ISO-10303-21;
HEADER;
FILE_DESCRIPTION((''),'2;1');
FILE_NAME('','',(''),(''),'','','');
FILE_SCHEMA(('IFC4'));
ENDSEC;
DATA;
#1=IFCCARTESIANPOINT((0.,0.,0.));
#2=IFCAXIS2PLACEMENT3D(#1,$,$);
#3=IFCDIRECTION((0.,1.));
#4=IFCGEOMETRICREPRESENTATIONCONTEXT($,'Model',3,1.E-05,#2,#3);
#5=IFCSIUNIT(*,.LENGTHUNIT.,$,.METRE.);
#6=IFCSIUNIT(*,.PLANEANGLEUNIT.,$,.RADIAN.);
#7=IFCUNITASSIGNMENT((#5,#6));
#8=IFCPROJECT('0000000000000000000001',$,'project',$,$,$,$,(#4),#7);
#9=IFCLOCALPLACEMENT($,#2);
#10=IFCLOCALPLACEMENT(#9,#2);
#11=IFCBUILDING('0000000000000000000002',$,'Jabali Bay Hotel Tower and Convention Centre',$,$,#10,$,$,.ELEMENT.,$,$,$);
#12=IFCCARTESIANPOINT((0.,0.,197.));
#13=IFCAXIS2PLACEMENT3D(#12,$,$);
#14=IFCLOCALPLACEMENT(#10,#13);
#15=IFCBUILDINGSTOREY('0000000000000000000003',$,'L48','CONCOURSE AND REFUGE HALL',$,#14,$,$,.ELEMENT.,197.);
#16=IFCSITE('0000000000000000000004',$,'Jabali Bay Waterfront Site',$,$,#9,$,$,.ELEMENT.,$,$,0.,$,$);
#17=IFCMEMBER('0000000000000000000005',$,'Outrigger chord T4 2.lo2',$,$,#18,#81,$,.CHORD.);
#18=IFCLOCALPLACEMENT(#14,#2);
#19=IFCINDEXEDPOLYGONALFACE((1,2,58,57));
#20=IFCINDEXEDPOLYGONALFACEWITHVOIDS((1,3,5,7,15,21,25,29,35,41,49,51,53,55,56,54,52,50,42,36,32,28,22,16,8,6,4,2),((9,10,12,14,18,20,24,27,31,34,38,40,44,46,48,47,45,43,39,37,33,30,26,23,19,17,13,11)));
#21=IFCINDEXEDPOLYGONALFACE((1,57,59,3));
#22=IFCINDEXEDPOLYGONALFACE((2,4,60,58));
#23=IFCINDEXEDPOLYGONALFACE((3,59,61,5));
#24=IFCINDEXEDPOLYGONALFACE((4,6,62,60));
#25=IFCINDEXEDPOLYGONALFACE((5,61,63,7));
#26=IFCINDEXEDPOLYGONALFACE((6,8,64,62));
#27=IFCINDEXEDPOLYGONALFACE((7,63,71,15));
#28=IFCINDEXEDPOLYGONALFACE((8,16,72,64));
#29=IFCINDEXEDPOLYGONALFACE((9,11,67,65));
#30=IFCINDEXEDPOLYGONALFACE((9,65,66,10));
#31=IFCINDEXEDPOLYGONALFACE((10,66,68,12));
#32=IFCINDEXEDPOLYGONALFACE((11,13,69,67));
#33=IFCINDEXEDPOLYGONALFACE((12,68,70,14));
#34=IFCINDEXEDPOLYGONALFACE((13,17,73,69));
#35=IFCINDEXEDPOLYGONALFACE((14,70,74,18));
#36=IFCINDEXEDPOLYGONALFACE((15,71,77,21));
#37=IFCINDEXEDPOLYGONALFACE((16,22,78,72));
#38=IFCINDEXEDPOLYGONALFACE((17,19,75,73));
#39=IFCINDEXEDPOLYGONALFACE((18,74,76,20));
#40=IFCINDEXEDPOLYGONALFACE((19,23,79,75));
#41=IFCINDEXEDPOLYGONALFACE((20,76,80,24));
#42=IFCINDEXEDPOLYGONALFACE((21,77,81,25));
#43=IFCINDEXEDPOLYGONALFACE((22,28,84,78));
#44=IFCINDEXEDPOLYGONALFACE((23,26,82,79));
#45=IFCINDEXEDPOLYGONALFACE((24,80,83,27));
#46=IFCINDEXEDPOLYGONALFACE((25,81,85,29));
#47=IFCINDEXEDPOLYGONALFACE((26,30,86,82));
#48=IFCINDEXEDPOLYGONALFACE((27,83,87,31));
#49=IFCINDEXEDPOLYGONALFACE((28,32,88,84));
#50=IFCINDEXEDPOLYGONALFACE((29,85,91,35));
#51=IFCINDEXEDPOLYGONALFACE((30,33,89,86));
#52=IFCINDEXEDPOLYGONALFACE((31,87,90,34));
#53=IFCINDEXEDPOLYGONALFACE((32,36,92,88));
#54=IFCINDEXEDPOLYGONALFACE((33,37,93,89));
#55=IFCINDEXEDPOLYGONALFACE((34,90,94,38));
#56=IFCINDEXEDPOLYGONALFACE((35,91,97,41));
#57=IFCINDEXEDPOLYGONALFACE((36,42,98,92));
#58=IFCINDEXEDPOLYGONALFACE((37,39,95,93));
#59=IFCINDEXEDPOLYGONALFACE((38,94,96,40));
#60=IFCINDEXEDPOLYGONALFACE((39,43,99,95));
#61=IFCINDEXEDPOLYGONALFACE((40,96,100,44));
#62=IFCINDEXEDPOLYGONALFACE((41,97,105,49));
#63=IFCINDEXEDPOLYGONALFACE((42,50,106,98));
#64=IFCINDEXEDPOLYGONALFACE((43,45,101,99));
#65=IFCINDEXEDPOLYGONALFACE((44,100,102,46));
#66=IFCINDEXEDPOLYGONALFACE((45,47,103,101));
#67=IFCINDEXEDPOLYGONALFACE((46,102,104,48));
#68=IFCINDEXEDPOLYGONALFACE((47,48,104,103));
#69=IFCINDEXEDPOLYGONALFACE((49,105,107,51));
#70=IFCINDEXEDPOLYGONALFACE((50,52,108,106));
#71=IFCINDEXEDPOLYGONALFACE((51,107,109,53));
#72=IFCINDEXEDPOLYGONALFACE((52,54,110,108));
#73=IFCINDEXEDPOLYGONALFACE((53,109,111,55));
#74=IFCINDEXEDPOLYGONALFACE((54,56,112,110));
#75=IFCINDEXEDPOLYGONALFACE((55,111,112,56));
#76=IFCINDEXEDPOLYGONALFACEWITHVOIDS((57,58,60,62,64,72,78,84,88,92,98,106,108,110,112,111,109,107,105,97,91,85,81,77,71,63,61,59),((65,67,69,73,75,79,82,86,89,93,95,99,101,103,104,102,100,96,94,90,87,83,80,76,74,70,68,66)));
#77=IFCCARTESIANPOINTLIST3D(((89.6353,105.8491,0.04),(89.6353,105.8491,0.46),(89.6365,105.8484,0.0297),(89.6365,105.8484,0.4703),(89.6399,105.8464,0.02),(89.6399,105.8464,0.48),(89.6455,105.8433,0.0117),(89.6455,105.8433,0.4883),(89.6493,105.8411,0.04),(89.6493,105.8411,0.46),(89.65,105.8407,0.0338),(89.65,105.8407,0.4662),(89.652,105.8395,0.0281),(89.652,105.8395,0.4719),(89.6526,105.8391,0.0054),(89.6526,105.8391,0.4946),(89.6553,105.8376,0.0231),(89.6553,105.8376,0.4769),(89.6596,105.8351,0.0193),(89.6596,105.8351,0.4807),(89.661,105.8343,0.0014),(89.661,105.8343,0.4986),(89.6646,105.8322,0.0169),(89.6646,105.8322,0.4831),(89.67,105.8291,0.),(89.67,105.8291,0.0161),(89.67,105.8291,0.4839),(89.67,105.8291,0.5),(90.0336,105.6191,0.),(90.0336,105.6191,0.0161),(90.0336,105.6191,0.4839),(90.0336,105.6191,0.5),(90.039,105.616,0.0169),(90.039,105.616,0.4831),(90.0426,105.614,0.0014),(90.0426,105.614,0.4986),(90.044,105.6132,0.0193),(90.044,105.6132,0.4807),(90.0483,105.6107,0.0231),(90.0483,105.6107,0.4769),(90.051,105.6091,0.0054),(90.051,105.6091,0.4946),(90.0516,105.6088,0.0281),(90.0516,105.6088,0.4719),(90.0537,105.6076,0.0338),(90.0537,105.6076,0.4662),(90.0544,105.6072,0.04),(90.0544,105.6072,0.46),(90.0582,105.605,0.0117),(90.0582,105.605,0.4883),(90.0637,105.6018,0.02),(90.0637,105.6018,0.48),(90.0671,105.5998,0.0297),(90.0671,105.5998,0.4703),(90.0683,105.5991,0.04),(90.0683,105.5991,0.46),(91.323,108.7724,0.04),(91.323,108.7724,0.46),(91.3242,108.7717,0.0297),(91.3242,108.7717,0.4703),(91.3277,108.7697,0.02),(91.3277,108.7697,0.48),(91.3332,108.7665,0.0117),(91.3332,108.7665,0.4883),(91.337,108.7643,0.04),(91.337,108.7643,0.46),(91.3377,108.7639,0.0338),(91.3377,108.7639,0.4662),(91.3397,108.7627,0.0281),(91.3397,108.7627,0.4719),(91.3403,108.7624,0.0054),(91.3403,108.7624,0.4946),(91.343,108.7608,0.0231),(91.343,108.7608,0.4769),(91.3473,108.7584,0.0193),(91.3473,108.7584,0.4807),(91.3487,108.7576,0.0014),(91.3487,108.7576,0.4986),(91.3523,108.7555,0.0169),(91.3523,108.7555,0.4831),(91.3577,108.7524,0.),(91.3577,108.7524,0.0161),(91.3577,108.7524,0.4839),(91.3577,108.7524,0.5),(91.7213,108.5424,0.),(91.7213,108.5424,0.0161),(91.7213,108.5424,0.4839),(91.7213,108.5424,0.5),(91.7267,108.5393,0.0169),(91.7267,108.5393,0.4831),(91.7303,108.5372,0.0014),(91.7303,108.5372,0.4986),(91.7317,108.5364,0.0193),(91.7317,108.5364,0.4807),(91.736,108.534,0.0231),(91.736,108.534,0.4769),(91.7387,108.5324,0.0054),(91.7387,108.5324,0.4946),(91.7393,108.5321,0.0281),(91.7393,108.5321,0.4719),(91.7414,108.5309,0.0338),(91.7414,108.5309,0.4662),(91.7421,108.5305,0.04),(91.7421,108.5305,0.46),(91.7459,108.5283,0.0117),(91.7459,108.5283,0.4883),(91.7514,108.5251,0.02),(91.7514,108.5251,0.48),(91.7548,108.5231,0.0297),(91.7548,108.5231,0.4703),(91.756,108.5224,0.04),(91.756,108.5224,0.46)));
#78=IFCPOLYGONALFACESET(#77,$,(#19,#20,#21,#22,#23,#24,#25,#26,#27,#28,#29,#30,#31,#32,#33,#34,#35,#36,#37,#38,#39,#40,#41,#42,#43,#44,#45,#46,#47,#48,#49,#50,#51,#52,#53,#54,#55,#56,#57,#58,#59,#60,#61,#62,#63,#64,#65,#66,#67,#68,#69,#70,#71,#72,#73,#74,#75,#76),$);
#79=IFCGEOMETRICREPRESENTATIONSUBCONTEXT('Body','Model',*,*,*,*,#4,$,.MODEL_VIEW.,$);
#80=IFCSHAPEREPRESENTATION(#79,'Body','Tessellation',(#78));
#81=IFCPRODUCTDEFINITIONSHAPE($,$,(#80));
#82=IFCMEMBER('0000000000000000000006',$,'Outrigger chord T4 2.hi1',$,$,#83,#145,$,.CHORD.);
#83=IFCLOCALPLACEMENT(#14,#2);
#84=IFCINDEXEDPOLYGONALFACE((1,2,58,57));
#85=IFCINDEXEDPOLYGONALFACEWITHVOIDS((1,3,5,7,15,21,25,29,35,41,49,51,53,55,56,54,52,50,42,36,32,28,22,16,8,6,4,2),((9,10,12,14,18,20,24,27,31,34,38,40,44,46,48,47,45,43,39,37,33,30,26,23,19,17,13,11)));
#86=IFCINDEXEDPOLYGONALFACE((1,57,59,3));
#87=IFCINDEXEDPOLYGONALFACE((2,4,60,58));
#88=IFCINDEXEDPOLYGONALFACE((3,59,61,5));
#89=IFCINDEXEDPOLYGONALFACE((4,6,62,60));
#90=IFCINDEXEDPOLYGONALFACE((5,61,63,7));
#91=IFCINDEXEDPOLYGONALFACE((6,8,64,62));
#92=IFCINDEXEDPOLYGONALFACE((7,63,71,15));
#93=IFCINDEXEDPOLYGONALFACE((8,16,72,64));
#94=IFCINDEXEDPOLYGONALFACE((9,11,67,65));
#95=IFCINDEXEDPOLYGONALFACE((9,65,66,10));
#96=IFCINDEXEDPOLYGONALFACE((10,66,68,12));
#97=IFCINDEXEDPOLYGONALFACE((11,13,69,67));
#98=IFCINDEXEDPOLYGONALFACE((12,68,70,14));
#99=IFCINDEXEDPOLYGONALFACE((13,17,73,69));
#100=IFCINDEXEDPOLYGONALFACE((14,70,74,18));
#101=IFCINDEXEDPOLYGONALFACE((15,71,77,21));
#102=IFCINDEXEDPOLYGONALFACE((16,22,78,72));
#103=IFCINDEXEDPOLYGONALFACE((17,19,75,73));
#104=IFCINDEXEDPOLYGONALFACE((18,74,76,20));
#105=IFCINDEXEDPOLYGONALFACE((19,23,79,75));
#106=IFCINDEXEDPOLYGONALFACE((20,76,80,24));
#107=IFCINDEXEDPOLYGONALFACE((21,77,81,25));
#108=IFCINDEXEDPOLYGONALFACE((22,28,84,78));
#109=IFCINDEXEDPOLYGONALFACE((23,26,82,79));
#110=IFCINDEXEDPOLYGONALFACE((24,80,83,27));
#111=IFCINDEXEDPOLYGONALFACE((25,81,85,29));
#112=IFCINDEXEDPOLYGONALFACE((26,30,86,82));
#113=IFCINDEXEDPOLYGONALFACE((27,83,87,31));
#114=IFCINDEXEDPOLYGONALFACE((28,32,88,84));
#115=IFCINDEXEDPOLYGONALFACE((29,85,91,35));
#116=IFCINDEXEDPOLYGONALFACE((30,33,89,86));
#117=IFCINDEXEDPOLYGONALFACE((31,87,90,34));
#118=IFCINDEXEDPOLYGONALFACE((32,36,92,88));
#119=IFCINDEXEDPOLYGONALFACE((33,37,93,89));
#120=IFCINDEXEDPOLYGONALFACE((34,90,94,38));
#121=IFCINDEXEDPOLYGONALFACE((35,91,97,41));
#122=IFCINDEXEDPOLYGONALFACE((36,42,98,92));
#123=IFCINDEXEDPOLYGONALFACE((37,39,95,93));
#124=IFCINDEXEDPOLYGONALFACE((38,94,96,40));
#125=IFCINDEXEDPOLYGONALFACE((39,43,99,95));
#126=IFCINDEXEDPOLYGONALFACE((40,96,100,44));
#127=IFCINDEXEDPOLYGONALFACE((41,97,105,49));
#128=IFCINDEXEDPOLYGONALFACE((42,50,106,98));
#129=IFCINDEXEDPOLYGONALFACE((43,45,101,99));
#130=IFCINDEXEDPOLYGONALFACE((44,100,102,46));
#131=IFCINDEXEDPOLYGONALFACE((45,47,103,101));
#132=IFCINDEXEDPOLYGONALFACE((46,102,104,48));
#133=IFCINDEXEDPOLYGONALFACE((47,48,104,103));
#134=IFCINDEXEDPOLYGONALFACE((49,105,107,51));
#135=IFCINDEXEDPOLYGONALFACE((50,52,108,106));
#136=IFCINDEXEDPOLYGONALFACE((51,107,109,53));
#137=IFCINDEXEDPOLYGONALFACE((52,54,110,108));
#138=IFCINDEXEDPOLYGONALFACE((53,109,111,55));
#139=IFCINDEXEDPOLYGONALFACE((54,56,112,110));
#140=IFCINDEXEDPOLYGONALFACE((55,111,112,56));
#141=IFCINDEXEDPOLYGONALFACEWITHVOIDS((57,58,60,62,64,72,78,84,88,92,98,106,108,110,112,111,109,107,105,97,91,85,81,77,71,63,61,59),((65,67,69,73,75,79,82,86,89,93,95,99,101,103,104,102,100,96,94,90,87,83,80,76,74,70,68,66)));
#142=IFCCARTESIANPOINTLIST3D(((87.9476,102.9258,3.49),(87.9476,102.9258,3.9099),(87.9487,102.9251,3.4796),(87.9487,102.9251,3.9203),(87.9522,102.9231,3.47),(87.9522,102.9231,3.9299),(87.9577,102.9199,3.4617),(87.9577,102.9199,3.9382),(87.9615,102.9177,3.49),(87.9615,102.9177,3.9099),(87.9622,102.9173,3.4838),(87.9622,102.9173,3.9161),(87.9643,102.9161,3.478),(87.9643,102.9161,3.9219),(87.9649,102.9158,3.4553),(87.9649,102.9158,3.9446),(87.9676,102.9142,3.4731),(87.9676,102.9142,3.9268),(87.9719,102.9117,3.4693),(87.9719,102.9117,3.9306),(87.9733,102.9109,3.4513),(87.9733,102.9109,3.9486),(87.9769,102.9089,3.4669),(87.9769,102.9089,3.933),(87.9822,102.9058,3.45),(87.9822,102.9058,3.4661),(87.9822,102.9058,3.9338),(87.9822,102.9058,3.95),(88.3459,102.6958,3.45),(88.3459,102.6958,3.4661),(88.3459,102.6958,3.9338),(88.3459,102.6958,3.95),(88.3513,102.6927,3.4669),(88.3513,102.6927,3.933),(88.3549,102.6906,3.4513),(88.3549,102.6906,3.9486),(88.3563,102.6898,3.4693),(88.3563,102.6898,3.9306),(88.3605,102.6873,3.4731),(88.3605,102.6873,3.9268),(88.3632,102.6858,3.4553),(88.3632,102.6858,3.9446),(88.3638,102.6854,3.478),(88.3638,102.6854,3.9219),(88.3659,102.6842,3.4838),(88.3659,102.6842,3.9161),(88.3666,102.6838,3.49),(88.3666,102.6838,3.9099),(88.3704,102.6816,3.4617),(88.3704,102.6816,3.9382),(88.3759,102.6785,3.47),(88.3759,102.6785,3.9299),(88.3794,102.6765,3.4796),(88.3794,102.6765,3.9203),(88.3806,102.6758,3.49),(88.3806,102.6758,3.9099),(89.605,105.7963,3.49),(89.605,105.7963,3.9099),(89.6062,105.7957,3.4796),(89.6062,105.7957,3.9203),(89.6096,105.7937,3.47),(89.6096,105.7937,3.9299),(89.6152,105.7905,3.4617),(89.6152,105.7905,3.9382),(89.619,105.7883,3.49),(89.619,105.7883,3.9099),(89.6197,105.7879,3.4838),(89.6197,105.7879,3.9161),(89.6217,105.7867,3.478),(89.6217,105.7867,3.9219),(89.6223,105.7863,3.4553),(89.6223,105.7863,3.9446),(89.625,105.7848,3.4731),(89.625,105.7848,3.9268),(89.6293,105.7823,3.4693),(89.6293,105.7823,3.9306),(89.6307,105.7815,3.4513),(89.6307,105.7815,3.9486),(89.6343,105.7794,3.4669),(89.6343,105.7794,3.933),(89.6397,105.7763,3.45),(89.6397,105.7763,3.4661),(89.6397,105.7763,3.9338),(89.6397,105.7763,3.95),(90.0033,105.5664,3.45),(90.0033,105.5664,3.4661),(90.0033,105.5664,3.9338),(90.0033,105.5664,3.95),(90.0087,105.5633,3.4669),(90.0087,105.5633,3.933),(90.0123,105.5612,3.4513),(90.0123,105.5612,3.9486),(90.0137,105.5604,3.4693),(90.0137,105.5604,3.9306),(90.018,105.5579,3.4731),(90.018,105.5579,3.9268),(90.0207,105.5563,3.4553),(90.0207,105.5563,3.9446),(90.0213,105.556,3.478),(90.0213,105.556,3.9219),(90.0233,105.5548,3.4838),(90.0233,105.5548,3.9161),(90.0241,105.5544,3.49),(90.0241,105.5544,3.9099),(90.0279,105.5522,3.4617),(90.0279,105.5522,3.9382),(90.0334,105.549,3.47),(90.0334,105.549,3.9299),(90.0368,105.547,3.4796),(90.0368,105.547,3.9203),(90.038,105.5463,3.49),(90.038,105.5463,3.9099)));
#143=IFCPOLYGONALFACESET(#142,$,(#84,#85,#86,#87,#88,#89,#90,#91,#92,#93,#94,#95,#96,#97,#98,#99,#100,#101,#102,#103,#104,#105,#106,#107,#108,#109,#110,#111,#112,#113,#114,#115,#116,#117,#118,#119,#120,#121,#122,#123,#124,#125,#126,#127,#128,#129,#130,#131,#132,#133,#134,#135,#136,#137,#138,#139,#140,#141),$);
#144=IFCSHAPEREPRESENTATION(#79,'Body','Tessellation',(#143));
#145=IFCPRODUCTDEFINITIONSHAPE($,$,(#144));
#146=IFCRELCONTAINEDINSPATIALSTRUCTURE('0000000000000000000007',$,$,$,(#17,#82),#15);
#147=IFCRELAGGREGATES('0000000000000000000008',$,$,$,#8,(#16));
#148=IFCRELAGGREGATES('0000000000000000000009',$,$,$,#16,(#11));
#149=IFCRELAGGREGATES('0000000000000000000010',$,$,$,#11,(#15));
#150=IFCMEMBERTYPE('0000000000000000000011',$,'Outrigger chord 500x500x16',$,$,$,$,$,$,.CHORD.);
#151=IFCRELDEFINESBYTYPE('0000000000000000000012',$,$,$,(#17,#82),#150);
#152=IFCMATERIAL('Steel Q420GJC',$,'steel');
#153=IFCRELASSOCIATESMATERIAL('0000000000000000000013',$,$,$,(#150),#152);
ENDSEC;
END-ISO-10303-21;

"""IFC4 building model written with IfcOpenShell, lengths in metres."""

from ifc_helpers import new_model, si_unit, direction, frame, origin, origin_2d, place, context, subcontext, project, spatial, hollow_rectangle, extrude, material, material_profile, profile_set, type_object, element, save


model = new_model("IFC4")

# Units and contexts
model_context = context("Model", 3, precision=1e-05, world=origin(), true_north=direction((0.0, 1.0)))
body_context = subcontext(model_context, "Body", "Model", "MODEL_VIEW")
ifc_project = project(units=[si_unit("LENGTHUNIT", "METRE"), si_unit("PLANEANGLEUNIT", "RADIAN")], contexts=[model_context])

# Site, building, storey
site_placement = place(None, origin())
site = spatial("IfcSite", under=ifc_project, at=site_placement, Name="Jabali Bay Waterfront Site", CompositionType="ELEMENT", RefElevation=0.0)
building_placement = place(site_placement, origin())
building = spatial("IfcBuilding", under=site, at=building_placement, Name="Jabali Bay Hotel Tower and Convention Centre", CompositionType="ELEMENT")
storey_placement = place(building_placement, frame((0.0, 0.0, 197.0)))
storey = spatial("IfcBuildingStorey", under=building, at=storey_placement, Name="L48", Description="CONCOURSE AND REFUGE HALL", CompositionType="ELEMENT", Elevation=197.0)

# Members
ifc_material_1 = material(Name="Steel Q420GJC", Category="steel")
ifc_material_profile_1 = material_profile(ifc_material_1, hollow_rectangle(XDim=0.5, YDim=0.5, WallThickness=0.0161, InnerFilletRadius=0.0239, OuterFilletRadius=0.04, at=origin_2d()), Name="Outrigger chord 500x500x16")
ifc_profile_set_1 = profile_set([ifc_material_profile_1], Name="Steel Q420GJC")
member_type_1 = type_object("IfcMemberType", Name="Outrigger chord 500x500x16", PredefinedType="CHORD", material=ifc_profile_set_1)
member_1_placement = place(storey_placement, frame((89.8518, 105.7241, 0.25), z_axis=(0.49999, 0.866031, 0.0), x_axis=(-0.866031, 0.49999, 0.0)))
element("IfcMember", 1, at=member_1_placement, inside=storey, type_object=member_type_1, Name="Outrigger chord T4 2.lo2", PredefinedType="CHORD", context=body_context, shape_type="SweptSolid", body=[
    extrude(hollow_rectangle(XDim=0.5, YDim=0.5, WallThickness=0.0161, InnerFilletRadius=0.0239, OuterFilletRadius=0.04, at=origin_2d()), origin(), (0.0, 0.0, 1.0), 3.3755),
])
member_2_placement = place(storey_placement, frame((88.1641, 102.8008, 3.7), z_axis=(0.500028, 0.866009, 0.0), x_axis=(-0.866009, 0.500028, 0.0)))
element("IfcMember", 2, at=member_2_placement, inside=storey, type_object=member_type_1, Name="Outrigger chord T4 2.hi1", PredefinedType="CHORD", context=body_context, shape_type="SweptSolid", body=[
    extrude(hollow_rectangle(XDim=0.5, YDim=0.5, WallThickness=0.0161, InnerFilletRadius=0.0239, OuterFilletRadius=0.04, at=origin_2d()), origin(), (0.0, 0.0, 1.0), 3.3147),
])

save(model, "model.ifc")
